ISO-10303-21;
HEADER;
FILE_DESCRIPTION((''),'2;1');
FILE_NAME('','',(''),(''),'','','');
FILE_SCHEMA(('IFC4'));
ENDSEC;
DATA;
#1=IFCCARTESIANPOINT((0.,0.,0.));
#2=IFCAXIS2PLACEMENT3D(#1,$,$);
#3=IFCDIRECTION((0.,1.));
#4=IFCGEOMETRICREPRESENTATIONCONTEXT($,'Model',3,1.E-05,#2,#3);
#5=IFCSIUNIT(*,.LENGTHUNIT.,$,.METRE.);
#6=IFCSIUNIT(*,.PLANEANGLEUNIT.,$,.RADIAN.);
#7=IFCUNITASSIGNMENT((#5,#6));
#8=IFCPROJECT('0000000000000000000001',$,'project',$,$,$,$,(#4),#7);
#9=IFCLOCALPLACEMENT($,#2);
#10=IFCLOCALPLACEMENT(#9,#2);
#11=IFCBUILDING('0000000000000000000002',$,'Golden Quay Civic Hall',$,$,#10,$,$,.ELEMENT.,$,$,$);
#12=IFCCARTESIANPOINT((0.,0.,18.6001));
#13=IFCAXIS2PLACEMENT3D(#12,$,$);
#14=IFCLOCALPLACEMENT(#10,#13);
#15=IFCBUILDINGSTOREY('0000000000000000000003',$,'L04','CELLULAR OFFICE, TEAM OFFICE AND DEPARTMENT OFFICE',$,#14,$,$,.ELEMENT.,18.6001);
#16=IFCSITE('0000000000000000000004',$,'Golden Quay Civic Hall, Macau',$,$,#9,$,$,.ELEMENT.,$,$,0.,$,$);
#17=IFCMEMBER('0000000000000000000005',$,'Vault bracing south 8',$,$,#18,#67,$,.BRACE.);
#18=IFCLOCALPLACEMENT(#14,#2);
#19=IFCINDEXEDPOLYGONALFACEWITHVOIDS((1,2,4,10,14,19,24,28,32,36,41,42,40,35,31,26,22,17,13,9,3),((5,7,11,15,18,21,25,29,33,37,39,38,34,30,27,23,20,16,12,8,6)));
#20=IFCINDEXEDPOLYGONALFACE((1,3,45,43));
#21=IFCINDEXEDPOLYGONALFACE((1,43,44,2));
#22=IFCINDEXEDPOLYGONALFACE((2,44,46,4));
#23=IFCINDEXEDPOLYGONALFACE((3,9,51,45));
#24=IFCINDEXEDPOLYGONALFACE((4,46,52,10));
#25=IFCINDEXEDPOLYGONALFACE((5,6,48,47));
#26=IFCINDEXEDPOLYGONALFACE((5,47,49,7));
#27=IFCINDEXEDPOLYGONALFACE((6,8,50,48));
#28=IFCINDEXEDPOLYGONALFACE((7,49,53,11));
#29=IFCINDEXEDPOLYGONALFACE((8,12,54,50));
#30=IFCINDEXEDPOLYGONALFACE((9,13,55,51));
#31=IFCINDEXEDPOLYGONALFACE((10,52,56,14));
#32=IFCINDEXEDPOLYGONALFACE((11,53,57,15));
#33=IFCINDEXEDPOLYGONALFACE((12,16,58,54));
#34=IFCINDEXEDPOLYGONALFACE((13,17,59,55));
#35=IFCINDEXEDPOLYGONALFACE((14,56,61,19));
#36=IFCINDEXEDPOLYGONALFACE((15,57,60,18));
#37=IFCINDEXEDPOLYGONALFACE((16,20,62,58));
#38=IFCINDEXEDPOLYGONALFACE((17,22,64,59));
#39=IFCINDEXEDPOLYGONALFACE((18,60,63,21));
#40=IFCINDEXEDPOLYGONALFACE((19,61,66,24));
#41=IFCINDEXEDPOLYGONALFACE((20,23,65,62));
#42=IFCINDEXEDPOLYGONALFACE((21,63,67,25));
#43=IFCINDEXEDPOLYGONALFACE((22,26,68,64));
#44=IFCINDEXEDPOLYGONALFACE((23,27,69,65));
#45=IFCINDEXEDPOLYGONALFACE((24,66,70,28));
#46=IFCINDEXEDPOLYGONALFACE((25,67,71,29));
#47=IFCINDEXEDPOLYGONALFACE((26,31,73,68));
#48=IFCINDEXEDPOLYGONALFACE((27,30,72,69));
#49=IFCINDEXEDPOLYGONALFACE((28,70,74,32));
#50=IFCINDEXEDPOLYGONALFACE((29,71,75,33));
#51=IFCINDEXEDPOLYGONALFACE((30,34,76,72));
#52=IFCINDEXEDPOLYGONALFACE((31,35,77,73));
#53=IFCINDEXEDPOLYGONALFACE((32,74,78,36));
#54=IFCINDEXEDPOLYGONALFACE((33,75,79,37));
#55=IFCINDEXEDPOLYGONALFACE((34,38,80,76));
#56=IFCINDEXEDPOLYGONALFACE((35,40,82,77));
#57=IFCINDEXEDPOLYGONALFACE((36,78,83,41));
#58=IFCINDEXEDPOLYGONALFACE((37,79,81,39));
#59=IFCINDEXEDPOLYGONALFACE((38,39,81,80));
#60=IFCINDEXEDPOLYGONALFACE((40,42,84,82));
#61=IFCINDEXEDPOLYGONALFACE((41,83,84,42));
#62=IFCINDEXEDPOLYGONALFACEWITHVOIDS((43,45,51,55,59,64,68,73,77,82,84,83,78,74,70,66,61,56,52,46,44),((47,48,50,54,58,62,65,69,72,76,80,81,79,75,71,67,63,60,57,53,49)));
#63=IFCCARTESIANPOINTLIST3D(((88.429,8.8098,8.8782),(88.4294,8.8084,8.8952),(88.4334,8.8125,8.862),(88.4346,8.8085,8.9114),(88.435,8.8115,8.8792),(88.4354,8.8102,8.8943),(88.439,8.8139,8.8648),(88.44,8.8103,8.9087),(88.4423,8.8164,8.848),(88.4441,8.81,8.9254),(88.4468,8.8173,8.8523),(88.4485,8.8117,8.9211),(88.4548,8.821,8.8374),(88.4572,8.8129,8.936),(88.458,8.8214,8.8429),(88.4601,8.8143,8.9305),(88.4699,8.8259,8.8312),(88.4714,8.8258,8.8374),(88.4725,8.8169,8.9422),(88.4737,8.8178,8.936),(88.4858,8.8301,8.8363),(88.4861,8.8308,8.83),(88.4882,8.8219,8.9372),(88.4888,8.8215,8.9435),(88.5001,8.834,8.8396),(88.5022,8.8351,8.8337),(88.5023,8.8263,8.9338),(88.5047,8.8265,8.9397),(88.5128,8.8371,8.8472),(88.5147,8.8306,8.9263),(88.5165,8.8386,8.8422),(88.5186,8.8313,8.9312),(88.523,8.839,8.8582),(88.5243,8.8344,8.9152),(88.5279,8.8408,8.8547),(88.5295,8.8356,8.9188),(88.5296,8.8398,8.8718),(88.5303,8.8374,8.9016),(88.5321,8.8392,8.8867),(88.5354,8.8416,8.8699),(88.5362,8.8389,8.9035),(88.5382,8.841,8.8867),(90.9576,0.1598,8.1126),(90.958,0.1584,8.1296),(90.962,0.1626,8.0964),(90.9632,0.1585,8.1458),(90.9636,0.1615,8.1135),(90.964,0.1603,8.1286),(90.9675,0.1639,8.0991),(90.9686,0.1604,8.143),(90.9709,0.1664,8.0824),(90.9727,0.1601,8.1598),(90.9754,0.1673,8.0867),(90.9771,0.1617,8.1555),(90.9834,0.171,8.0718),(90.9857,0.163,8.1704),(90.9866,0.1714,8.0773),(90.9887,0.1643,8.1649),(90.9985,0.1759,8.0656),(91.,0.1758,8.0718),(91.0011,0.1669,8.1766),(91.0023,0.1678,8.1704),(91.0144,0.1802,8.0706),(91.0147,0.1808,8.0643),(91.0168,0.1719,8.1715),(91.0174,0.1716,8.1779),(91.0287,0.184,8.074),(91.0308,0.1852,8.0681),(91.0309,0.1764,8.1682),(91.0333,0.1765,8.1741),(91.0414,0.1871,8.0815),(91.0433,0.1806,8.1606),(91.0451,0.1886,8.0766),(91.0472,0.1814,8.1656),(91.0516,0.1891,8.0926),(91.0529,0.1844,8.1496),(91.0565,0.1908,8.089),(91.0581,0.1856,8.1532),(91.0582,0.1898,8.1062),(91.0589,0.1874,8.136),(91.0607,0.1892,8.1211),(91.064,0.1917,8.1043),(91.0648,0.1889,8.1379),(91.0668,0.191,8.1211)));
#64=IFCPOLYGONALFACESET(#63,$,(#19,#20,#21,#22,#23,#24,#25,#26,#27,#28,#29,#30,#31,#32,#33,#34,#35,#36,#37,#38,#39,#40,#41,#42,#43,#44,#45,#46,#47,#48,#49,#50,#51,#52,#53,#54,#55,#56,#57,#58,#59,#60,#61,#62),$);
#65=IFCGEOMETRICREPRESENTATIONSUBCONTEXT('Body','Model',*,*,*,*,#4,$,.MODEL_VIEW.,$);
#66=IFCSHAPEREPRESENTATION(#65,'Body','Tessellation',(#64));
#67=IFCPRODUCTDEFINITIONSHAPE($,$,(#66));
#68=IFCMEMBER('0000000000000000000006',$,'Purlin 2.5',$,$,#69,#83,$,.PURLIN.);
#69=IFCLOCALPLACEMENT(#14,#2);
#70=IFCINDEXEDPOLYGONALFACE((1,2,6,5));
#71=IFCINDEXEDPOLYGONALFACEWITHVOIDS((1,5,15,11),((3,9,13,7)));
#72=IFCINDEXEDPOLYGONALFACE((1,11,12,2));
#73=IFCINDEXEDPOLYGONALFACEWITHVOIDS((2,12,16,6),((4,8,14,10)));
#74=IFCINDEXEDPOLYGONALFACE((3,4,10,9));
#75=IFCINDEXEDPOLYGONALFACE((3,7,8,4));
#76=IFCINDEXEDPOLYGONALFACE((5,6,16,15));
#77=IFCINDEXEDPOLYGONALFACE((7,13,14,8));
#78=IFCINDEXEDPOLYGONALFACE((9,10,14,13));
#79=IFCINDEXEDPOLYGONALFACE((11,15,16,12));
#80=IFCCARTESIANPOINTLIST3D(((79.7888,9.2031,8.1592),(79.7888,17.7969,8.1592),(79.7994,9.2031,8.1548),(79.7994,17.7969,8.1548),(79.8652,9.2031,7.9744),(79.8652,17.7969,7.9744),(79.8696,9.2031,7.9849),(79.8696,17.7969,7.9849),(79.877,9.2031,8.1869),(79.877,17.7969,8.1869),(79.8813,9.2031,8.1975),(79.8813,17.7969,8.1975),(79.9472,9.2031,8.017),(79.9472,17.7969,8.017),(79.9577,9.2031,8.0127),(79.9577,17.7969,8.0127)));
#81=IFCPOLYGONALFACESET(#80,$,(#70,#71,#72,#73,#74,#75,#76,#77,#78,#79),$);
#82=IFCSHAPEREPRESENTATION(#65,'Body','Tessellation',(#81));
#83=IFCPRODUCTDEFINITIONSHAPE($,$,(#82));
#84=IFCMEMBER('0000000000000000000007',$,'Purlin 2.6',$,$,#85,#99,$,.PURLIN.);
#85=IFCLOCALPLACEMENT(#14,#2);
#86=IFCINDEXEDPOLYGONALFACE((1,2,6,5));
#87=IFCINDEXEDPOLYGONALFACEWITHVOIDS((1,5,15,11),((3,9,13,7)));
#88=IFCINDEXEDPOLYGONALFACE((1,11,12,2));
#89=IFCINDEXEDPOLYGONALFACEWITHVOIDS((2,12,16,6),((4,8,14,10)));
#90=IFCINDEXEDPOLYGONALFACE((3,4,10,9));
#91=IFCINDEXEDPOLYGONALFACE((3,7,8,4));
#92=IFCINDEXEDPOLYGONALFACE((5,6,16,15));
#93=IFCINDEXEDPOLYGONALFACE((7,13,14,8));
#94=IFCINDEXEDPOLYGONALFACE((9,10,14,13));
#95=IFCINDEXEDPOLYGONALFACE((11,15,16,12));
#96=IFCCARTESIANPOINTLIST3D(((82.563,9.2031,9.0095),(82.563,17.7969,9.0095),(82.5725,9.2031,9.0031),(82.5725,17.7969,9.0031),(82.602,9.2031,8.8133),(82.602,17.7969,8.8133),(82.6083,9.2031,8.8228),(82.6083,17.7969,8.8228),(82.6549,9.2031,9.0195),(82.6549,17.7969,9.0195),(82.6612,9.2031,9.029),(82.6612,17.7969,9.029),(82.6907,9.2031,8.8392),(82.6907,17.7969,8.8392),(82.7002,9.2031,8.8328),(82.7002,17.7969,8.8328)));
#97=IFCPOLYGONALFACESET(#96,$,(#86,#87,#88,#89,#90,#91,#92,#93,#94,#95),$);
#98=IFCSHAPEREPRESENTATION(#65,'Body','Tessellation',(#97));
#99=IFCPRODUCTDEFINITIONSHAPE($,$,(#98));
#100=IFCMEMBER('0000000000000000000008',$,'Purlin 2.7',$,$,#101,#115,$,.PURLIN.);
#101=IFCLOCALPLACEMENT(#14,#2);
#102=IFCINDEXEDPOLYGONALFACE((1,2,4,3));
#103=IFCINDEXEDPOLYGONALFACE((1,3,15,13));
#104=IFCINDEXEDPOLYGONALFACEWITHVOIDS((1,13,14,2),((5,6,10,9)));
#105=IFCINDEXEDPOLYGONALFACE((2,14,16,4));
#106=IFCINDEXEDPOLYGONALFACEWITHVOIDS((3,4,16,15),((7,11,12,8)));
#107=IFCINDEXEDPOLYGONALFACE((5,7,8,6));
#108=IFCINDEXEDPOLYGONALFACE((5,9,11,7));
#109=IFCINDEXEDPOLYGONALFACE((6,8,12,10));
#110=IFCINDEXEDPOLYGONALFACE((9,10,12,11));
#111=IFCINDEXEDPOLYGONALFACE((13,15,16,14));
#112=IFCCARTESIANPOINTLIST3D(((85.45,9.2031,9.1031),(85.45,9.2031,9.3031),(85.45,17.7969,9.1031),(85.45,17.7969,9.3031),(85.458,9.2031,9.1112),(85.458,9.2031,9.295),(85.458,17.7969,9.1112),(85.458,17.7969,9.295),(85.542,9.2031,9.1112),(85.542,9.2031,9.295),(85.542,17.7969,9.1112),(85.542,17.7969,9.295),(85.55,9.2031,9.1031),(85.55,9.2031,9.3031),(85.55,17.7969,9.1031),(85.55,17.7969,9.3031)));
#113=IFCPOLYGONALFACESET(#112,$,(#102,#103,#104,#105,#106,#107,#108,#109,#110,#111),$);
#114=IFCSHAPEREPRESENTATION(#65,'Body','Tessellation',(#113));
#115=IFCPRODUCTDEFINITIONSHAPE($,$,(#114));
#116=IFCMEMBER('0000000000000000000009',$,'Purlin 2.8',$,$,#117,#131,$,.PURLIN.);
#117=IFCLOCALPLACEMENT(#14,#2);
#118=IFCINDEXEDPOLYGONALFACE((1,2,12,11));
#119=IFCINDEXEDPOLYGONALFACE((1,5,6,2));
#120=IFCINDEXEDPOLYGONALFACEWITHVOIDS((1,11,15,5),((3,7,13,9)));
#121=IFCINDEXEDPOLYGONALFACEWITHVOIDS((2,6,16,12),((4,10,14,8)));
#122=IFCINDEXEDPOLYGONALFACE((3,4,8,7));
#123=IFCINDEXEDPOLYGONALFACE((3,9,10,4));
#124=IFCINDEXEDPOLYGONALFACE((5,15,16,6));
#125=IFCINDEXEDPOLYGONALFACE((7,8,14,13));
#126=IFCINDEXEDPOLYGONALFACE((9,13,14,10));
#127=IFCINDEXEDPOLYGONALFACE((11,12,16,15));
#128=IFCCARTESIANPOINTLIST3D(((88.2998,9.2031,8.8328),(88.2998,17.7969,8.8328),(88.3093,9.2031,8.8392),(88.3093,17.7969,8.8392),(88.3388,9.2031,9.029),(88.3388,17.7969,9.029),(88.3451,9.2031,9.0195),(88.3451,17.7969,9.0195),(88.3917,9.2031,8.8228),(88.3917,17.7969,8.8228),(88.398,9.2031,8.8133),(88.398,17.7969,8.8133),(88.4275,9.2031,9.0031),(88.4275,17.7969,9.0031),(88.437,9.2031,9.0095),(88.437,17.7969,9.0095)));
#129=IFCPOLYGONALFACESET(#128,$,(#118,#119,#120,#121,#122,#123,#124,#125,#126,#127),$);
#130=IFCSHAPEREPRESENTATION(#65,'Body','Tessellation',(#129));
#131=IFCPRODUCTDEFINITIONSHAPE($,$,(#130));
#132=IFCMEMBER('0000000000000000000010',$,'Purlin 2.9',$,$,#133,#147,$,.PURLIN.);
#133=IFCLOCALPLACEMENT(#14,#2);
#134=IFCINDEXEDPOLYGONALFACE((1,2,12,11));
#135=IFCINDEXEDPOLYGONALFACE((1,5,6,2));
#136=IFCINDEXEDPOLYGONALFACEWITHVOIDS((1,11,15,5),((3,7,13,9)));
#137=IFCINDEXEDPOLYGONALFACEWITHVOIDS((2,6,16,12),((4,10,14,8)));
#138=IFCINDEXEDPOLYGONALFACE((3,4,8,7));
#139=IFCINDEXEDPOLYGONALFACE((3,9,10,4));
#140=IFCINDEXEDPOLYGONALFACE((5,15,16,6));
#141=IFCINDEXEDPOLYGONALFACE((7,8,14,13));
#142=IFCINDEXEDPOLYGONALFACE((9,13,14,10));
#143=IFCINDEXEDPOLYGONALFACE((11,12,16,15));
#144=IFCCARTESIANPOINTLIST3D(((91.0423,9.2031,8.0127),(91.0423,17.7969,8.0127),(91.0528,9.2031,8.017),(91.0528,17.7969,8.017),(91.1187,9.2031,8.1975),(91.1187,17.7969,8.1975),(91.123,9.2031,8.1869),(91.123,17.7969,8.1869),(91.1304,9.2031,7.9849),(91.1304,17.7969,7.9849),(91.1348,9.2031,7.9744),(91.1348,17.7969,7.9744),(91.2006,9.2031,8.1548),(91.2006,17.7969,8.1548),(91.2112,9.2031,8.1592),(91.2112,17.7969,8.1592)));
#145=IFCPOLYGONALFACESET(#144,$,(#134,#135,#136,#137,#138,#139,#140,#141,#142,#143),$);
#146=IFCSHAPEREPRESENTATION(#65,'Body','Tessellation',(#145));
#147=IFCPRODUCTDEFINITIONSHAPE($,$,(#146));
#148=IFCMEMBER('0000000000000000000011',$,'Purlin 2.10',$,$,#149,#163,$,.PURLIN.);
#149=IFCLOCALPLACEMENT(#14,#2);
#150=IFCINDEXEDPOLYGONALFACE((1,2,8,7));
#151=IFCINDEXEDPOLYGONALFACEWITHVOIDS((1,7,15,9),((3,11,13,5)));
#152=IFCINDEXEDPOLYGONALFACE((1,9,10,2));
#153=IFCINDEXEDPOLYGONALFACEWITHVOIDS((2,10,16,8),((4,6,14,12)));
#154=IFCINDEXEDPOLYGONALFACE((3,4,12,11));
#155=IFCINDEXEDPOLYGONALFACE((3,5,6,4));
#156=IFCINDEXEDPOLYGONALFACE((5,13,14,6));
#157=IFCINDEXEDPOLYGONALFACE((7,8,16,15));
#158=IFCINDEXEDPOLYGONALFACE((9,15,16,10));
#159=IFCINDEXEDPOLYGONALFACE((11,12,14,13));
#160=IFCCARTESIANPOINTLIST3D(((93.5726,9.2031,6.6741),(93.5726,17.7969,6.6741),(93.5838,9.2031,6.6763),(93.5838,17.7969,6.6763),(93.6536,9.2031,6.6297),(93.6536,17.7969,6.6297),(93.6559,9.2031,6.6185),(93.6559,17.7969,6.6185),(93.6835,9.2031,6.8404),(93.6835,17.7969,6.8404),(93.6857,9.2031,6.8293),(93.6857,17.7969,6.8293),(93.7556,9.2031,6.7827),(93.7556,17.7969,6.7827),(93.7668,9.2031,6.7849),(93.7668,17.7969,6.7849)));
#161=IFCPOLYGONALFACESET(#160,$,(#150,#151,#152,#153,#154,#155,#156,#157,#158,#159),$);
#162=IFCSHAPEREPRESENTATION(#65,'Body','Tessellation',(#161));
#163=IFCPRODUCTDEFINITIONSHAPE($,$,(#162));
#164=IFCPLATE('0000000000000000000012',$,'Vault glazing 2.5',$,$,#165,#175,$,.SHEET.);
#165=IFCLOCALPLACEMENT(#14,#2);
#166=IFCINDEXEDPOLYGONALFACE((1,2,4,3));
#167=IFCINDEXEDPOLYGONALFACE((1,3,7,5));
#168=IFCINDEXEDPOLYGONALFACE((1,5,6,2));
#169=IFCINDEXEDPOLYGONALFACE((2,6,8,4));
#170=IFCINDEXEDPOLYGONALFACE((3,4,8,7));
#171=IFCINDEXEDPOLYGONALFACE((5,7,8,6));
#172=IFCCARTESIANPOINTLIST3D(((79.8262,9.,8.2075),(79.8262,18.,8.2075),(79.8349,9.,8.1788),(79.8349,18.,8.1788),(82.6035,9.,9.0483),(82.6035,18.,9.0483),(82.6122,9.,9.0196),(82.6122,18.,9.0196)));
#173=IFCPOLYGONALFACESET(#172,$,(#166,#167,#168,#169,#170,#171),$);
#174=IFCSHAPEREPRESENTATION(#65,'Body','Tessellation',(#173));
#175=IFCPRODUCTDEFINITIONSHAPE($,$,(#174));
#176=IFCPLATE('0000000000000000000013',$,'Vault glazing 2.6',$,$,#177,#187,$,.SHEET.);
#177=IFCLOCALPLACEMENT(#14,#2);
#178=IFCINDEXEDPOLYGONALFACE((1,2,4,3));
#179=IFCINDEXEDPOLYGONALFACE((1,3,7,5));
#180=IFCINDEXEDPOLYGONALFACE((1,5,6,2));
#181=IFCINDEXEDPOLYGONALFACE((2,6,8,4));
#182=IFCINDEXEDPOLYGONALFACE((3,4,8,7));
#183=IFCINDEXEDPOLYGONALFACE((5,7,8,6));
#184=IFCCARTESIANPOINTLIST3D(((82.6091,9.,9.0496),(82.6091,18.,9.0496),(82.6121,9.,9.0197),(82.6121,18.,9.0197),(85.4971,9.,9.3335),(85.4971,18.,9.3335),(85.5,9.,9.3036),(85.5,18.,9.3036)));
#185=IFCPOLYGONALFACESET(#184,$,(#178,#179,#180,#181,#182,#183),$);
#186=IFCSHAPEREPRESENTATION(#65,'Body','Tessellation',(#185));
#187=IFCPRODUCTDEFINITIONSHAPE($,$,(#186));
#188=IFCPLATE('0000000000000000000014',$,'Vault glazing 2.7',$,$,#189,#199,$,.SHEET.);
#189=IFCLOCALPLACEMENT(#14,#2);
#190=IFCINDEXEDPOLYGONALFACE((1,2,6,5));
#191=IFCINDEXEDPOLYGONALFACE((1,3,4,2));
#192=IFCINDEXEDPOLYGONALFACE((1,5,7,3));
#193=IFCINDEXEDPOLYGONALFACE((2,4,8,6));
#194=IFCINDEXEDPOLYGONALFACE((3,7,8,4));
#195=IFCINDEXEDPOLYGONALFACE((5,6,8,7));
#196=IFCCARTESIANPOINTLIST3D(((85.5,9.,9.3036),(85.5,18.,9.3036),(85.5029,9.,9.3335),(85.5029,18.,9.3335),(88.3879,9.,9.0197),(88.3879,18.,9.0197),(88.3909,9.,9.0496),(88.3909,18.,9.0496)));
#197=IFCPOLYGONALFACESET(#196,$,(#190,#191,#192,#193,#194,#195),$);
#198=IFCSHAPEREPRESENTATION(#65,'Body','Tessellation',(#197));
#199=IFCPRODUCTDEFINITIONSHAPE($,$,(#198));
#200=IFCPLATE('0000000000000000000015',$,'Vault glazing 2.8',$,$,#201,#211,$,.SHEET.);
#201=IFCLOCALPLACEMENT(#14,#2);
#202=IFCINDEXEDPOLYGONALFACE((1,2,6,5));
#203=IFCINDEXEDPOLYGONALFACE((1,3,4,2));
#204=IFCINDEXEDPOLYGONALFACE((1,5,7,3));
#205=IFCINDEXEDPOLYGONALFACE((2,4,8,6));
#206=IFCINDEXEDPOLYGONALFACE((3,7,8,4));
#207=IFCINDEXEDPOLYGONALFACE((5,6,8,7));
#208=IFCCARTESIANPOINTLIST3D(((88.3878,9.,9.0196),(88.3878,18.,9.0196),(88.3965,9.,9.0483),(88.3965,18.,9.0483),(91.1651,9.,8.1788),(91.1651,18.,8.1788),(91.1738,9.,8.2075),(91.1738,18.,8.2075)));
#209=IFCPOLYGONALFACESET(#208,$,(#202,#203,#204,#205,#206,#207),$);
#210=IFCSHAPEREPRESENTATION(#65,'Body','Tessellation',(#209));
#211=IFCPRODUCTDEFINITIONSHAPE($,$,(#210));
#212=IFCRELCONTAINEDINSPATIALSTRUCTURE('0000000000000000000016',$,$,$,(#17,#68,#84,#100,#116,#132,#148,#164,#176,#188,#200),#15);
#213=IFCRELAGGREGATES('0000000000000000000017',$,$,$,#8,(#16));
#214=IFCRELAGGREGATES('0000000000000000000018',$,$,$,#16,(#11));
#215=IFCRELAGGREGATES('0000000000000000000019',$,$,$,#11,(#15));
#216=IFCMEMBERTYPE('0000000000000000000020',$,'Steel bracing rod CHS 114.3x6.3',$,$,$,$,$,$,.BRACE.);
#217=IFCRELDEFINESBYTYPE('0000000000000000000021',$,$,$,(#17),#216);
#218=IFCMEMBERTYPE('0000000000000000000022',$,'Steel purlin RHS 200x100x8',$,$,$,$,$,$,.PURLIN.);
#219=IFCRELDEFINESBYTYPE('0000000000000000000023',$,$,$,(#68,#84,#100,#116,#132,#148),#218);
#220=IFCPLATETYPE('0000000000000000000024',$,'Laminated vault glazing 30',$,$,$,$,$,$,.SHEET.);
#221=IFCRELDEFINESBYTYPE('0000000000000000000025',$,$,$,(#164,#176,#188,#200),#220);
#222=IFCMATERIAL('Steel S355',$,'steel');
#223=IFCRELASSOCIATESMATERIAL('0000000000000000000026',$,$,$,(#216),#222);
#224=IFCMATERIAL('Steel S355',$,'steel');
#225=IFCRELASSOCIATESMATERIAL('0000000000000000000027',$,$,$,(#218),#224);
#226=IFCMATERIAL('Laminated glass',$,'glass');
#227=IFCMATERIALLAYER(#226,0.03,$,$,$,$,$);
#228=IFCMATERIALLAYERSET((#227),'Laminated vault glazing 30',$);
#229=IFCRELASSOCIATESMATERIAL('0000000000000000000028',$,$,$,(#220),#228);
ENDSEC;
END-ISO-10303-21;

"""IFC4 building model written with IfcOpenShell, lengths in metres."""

from ifc_helpers import new_model, si_unit, direction, frame, origin, origin_2d, place, context, subcontext, project, spatial, polyline, hollow_rectangle, hollow_circle, outline, extrude, material, layer, layer_set, material_profile, profile_set, type_object, element, save


model = new_model("IFC4")

# Units and contexts
model_context = context("Model", 3, precision=1e-05, world=origin(), true_north=direction((0.0, 1.0)))
body_context = subcontext(model_context, "Body", "Model", "MODEL_VIEW")
ifc_project = project(units=[si_unit("LENGTHUNIT", "METRE"), si_unit("PLANEANGLEUNIT", "RADIAN")], contexts=[model_context])

# Site, building, storey
site_placement = place(None, origin())
site = spatial("IfcSite", under=ifc_project, at=site_placement, Name="Golden Quay Civic Hall, Macau", CompositionType="ELEMENT", RefElevation=0.0)
building_placement = place(site_placement, origin())
building = spatial("IfcBuilding", under=site, at=building_placement, Name="Golden Quay Civic Hall", CompositionType="ELEMENT")
storey_placement = place(building_placement, frame((0.0, 0.0, 18.6001)))
storey = spatial("IfcBuildingStorey", under=building, at=storey_placement, Name="L04", Description="CELLULAR OFFICE, TEAM OFFICE AND DEPARTMENT OFFICE", CompositionType="ELEMENT", Elevation=18.6001)

# Members
ifc_material_1 = material(Name="Steel S355", Category="steel")
ifc_material_profile_1 = material_profile(ifc_material_1, hollow_circle(Radius=0.0571, WallThickness=0.0063, at=origin_2d()), Name="CHS 114.3x6.3")
ifc_profile_set_1 = profile_set([ifc_material_profile_1], Name="Steel S355")
member_type_1 = type_object("IfcMemberType", Name="Steel bracing rod CHS 114.3x6.3", PredefinedType="BRACE", material=ifc_profile_set_1)
for number, where, z_axis, x_axis, name in (
    (1, (88.4834, 8.825, 8.8867), (0.279573, -0.956385, -0.084652), (0.959831, 0.28058, 0.0), "Vault bracing south 8"),
):
    element("IfcMember", number, at=place(storey_placement, frame(where, z_axis=z_axis, x_axis=x_axis)), inside=storey, type_object=member_type_1, Name=name, PredefinedType="BRACE", context=body_context, shape_type="SweptSolid", body=[
        extrude(hollow_circle(Radius=0.0571, WallThickness=0.0063, at=origin_2d()), origin(), (0.0, 0.0, 1.0), 9.0444),
    ])
ifc_material_2 = material(Name="Steel S355", Category="steel")
ifc_material_profile_2 = material_profile(ifc_material_2, hollow_rectangle(XDim=0.1001, YDim=0.2, WallThickness=0.0081, at=origin_2d()), Name="RHS 200x100x8")
ifc_profile_set_2 = profile_set([ifc_material_profile_2], Name="Steel S355")
member_type_2 = type_object("IfcMemberType", Name="Steel purlin RHS 200x100x8", PredefinedType="PURLIN", material=ifc_profile_set_2)
for number, where, z_axis, x_axis, name in (
    (2, (79.8733, 9.2031, 8.0859), (0.0, 1.0, 0.0), (-0.924146, 0.0, -0.382039), "Purlin 2.5"),
    (3, (82.6316, 9.2031, 8.9211), (0.0, 1.0, 0.0), (-0.980853, 0.0, -0.194748), "Purlin 2.6"),
    (4, (85.5, 9.2031, 9.2031), (0.0, 1.0, 0.0), (-1.0, 0.0, 0.0), "Purlin 2.7"),
    (5, (88.3684, 9.2031, 8.9211), (0.0, 1.0, 0.0), (-0.980853, 0.0, 0.194748), "Purlin 2.8"),
    (6, (91.1267, 9.2031, 8.0859), (0.0, 1.0, 0.0), (-0.924146, 0.0, 0.382039), "Purlin 2.9"),
    (7, (93.6697, 9.2031, 6.7295), (0.0, 1.0, 0.0), (-0.83205, 0.0, 0.5547), "Purlin 2.10"),
):
    element("IfcMember", number, at=place(storey_placement, frame(where, z_axis=z_axis, x_axis=x_axis)), inside=storey, type_object=member_type_2, Name=name, PredefinedType="PURLIN", context=body_context, shape_type="SweptSolid", body=[
        extrude(hollow_rectangle(XDim=0.1001, YDim=0.2, WallThickness=0.0081, at=origin_2d()), origin(), (0.0, 0.0, 1.0), 8.5938),
    ])

# Plates
ifc_material_3 = material(Name="Laminated glass", Category="glass")
ifc_layer = layer(ifc_material_3, 0.03)
ifc_layer_set = layer_set([ifc_layer], Name="Laminated vault glazing 30")
plate_type = type_object("IfcPlateType", Name="Laminated vault glazing 30", PredefinedType="SHEET", material=ifc_layer_set)
plate_1_placement = place(storey_placement, frame((79.8262, 9.0, 8.2075), z_axis=(-0.289755, 0.0, 0.957101), x_axis=(0.957101, 0.0, 0.289755)))
element("IfcPlate", 8, at=plate_1_placement, inside=storey, type_object=plate_type, Name="Vault glazing 2.5", PredefinedType="SHEET", context=body_context, shape_type="SweptSolid", body=[
    extrude(outline(polyline([(0.0, 0.0), (2.9018, 0.0), (2.9018, 9.0), (0.0, 9.0), (0.0, 0.0)])), origin(), (0.0, 0.0, -1.0), 0.03),
])
for number, where, z_axis, x_axis, name in (
    (9, (82.6091, 9.0, 9.0496), (-0.097846, 0.0, 0.995202), (0.995202, 0.0, 0.097846), "Vault glazing 2.6"),
    (10, (85.5029, 9.0, 9.3335), (0.097846, 0.0, 0.995202), (0.995202, 0.0, -0.097846), "Vault glazing 2.7"),
):
    element("IfcPlate", number, at=place(storey_placement, frame(where, z_axis=z_axis, x_axis=x_axis)), inside=storey, type_object=plate_type, Name=name, PredefinedType="SHEET", context=body_context, shape_type="SweptSolid", body=[
        extrude(outline(polyline([(0.0, 0.0), (2.9019, 0.0), (2.9019, 9.0), (0.0, 9.0), (0.0, 0.0)])), origin(), (0.0, 0.0, -1.0), 0.03),
    ])
plate_2_placement = place(storey_placement, frame((88.3965, 9.0, 9.0483), z_axis=(0.289755, 0.0, 0.957101), x_axis=(0.957101, 0.0, -0.289755)))
element("IfcPlate", 11, at=plate_2_placement, inside=storey, type_object=plate_type, Name="Vault glazing 2.8", PredefinedType="SHEET", context=body_context, shape_type="SweptSolid", body=[
    extrude(outline(polyline([(0.0, 0.0), (2.9018, 0.0), (2.9018, 9.0), (0.0, 9.0), (0.0, 0.0)])), origin(), (0.0, 0.0, -1.0), 0.03),
])

save(model, "model.ifc")
